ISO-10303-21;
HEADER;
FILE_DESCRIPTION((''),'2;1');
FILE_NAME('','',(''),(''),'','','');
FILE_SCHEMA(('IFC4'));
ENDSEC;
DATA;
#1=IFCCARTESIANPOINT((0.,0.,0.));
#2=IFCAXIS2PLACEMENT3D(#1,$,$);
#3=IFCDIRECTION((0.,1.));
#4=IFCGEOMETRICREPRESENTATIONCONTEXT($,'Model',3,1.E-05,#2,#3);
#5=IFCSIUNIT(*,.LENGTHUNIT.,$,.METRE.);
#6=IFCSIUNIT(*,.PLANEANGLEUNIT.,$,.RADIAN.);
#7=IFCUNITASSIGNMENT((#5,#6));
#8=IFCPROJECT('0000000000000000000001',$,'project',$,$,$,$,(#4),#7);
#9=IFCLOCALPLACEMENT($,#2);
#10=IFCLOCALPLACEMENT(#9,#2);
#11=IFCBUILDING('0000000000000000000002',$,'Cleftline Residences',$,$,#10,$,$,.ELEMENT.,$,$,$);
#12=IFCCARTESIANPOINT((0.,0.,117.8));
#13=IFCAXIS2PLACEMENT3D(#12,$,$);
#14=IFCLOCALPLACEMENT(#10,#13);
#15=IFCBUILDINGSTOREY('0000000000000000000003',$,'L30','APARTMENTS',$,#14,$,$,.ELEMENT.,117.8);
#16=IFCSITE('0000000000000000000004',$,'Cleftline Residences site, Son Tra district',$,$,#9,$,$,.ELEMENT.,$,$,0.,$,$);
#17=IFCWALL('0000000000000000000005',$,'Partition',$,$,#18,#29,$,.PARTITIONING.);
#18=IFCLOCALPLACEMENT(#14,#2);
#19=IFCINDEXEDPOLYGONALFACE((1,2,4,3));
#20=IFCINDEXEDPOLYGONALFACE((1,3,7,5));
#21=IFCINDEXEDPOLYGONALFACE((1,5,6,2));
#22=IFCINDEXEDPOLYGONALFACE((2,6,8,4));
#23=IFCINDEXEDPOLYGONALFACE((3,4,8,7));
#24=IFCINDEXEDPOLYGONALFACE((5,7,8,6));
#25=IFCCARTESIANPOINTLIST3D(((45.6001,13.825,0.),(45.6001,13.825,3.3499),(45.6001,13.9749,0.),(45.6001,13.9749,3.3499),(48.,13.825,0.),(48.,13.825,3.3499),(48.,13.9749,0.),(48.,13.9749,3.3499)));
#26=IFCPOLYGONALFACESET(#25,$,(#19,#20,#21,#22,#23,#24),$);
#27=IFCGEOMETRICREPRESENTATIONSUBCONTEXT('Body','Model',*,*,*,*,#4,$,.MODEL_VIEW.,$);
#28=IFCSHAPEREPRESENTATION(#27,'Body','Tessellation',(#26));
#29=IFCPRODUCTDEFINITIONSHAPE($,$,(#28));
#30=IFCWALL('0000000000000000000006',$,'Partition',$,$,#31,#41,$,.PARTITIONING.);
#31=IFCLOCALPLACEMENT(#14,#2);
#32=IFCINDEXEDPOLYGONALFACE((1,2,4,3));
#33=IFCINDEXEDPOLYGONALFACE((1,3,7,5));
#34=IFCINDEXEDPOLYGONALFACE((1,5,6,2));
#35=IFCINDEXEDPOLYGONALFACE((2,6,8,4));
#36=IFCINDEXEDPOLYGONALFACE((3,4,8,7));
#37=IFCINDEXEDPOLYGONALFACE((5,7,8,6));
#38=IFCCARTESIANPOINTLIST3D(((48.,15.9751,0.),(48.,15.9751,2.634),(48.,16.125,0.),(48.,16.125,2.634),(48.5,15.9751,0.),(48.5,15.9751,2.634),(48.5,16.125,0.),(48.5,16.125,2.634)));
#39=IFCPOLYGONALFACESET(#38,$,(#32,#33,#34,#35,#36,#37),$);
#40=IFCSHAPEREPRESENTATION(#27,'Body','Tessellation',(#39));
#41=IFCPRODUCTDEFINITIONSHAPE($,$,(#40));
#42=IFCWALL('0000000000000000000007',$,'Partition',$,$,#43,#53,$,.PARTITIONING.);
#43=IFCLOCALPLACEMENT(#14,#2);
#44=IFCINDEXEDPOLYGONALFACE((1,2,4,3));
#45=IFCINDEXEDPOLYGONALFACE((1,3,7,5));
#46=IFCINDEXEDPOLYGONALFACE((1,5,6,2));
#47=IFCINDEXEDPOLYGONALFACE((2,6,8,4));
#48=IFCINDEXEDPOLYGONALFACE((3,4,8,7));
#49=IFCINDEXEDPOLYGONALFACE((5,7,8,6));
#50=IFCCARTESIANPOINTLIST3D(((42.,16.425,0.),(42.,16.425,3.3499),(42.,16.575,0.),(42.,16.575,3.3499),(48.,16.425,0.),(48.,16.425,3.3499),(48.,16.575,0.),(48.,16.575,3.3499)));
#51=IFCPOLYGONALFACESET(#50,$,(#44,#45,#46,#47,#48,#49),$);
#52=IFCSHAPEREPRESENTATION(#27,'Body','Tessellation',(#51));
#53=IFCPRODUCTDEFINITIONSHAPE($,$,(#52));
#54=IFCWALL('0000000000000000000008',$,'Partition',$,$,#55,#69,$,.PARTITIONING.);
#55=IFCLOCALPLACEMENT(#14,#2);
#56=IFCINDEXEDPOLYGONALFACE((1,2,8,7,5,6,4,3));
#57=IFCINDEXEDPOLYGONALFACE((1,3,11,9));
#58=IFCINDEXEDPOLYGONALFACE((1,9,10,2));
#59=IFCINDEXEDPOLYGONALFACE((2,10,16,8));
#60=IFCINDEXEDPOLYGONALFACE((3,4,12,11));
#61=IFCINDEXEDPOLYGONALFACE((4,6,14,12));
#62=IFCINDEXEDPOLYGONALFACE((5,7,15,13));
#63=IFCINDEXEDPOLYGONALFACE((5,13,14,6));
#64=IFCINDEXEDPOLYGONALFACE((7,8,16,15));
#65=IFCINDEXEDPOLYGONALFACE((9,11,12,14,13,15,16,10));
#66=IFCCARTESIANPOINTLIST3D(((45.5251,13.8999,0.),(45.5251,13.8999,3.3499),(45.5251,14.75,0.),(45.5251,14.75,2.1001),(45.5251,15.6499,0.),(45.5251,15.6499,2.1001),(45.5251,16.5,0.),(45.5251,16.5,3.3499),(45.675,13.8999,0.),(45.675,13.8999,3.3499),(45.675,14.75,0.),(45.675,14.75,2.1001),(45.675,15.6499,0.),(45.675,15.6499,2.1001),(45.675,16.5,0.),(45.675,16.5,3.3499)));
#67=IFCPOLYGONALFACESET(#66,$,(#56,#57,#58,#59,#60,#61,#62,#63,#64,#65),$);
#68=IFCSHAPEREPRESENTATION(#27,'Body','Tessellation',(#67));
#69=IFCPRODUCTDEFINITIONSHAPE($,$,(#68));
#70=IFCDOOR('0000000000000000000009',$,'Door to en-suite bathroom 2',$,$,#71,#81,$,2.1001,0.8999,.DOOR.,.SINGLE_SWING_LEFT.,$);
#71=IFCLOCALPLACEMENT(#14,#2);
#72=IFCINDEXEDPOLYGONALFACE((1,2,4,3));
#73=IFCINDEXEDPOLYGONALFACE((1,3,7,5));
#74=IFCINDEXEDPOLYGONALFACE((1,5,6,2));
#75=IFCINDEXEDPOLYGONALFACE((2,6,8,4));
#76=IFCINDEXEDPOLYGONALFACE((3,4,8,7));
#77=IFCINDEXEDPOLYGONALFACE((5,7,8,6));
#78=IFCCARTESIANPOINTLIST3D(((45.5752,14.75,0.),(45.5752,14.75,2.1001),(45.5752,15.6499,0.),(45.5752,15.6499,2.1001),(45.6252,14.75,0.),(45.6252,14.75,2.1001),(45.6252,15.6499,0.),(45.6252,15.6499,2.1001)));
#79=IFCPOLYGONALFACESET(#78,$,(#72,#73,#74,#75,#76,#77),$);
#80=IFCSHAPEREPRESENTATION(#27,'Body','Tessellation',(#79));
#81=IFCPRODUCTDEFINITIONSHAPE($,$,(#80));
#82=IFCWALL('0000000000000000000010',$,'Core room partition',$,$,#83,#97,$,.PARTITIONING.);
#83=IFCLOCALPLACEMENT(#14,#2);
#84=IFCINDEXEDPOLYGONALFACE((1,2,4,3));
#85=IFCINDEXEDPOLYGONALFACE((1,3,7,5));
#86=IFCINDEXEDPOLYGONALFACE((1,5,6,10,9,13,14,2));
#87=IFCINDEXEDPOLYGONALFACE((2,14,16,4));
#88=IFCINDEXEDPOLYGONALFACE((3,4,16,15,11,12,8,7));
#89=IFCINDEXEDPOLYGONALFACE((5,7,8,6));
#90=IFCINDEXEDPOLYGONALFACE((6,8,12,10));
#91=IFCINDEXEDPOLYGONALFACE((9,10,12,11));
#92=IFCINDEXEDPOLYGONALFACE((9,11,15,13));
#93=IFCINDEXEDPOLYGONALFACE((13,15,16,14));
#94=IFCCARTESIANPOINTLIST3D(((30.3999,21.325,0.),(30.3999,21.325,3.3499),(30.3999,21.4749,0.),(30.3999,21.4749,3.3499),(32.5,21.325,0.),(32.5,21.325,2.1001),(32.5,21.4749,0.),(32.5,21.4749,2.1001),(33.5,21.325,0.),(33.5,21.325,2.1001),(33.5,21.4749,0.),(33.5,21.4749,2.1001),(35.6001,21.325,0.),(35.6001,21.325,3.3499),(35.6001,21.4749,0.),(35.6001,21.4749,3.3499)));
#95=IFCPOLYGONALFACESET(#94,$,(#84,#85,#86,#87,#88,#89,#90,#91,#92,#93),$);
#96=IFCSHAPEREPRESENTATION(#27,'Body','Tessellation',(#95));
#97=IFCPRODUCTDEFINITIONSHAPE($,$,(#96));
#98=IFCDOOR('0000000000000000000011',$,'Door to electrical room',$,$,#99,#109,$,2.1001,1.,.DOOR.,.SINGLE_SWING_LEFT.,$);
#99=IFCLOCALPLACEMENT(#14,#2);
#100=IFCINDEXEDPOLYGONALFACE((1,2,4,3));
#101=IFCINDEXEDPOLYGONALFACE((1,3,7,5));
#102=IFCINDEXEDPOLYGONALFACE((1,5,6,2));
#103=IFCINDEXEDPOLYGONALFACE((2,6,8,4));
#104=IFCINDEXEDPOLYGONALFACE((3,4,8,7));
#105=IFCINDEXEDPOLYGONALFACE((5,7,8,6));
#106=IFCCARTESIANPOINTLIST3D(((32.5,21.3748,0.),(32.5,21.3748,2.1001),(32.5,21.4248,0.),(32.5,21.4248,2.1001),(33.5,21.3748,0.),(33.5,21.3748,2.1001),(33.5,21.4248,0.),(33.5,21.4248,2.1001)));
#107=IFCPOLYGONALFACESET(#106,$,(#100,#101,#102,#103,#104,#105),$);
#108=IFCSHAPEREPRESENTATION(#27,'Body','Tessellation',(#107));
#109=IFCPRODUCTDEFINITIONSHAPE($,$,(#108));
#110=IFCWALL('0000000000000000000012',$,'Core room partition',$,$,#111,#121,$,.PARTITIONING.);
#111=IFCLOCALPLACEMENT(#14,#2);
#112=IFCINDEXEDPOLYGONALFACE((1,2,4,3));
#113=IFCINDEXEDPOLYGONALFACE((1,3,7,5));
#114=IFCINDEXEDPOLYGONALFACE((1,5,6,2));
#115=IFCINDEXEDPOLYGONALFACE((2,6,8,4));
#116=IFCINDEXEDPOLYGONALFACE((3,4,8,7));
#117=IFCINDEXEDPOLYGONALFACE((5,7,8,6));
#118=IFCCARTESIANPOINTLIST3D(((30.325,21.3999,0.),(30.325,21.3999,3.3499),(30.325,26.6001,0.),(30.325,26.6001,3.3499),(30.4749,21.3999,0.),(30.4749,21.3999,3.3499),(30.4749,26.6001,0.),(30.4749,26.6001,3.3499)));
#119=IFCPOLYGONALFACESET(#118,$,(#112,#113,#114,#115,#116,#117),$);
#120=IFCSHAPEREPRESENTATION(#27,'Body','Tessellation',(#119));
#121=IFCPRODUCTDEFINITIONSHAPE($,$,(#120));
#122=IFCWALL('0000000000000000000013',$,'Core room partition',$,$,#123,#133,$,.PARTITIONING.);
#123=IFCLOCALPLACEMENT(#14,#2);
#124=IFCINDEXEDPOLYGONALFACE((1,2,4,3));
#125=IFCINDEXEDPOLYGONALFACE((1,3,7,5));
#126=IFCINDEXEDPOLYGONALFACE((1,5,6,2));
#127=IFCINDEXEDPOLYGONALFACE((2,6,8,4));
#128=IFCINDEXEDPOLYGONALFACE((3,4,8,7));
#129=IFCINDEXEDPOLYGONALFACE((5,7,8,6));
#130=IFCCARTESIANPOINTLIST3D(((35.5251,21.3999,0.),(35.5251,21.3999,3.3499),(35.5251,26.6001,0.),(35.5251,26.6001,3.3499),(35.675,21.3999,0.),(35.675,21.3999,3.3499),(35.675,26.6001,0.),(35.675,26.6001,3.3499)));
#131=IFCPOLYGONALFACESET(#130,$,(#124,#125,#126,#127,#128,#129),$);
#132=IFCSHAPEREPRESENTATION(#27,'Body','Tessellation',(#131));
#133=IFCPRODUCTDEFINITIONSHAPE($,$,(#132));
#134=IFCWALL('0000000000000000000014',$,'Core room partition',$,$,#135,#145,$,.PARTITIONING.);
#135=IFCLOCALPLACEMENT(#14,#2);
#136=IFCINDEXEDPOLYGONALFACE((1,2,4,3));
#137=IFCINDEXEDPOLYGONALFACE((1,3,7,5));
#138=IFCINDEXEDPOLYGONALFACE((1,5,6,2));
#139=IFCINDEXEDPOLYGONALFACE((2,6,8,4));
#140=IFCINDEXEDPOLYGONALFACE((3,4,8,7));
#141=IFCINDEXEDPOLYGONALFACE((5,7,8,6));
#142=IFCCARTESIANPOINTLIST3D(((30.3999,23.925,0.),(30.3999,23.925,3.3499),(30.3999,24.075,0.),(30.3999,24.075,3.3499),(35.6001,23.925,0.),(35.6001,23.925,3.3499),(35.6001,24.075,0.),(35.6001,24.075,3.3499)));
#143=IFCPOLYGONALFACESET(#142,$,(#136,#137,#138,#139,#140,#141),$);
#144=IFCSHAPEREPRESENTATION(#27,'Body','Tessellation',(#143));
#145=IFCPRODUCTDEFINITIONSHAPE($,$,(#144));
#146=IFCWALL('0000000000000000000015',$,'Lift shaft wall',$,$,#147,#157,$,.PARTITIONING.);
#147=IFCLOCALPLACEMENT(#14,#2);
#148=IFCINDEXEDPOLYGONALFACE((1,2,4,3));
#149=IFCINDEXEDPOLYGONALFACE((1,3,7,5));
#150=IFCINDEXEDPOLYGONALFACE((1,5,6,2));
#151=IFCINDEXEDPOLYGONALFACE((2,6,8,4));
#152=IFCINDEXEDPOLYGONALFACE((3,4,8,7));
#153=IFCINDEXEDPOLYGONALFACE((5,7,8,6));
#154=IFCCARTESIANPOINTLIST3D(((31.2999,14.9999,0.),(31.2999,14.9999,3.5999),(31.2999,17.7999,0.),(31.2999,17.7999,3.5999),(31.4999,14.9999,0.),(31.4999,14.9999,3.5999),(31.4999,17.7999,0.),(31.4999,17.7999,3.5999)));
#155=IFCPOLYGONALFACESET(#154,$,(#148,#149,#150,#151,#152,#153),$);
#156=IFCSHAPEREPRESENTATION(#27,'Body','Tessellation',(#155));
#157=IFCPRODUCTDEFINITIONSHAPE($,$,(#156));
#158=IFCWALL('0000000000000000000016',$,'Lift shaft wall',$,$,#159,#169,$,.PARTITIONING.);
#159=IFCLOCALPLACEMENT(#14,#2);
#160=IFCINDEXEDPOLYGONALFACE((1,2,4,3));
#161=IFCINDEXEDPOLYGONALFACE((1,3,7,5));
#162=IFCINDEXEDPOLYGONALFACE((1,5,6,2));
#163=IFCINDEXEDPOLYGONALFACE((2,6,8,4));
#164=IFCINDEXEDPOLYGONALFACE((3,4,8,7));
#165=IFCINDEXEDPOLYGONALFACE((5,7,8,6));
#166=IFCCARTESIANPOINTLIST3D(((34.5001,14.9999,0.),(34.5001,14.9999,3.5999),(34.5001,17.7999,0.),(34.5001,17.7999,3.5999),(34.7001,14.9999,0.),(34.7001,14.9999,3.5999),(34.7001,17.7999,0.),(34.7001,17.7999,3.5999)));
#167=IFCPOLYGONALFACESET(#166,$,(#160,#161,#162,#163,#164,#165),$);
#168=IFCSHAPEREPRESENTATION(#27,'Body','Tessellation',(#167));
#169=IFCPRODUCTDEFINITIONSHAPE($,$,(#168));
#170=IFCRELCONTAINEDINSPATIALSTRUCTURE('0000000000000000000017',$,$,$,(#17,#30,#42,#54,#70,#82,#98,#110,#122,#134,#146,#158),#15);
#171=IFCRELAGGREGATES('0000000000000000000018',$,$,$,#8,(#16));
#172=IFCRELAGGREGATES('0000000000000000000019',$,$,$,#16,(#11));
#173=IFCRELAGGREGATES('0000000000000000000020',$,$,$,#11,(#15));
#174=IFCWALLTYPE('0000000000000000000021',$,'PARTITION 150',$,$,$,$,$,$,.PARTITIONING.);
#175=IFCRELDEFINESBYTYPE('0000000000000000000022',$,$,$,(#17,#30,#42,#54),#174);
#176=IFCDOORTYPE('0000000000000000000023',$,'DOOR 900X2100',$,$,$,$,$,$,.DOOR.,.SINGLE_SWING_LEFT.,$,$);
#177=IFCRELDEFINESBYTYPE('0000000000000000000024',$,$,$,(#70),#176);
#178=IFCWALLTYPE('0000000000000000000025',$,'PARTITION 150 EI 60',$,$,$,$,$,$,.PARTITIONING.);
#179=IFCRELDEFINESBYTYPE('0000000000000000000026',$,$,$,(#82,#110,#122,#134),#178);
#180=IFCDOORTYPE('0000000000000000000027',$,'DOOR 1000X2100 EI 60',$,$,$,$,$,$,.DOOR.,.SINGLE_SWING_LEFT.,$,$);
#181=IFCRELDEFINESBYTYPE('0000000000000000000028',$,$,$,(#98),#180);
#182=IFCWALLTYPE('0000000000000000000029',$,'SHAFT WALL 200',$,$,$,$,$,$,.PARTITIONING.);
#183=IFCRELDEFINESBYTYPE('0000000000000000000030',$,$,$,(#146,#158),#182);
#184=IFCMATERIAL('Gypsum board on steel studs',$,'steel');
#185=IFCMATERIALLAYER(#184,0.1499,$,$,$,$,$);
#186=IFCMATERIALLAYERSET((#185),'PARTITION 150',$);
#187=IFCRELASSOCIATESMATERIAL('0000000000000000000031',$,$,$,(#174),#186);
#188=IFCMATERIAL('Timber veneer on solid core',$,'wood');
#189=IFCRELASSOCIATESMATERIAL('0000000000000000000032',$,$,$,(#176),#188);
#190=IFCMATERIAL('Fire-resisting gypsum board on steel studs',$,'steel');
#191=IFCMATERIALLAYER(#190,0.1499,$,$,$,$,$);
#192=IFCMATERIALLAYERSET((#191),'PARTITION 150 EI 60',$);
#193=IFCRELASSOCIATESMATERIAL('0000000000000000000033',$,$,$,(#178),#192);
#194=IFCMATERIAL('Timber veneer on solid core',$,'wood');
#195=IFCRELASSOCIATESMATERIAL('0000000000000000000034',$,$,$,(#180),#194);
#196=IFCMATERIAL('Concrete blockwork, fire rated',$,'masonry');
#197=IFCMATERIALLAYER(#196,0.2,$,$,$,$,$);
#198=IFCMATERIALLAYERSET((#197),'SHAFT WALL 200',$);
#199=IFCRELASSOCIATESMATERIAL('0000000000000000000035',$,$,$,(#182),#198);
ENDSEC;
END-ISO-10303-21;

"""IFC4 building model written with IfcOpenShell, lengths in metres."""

from ifc_helpers import new_model, si_unit, direction, frame, frame_2d, origin, place, context, subcontext, project, spatial, rectangle, extrude, material, layer, layer_set, type_object, element, fill, save


model = new_model("IFC4")

# Units and contexts
model_context = context("Model", 3, precision=1e-05, world=origin(), true_north=direction((0.0, 1.0)))
body_context = subcontext(model_context, "Body", "Model", "MODEL_VIEW")
ifc_project = project(units=[si_unit("LENGTHUNIT", "METRE"), si_unit("PLANEANGLEUNIT", "RADIAN")], contexts=[model_context])

# Site, building, storey
site_placement = place(None, origin())
site = spatial("IfcSite", under=ifc_project, at=site_placement, Name="Cleftline Residences site, Son Tra district", CompositionType="ELEMENT", RefElevation=0.0)
building_placement = place(site_placement, origin())
building = spatial("IfcBuilding", under=site, at=building_placement, Name="Cleftline Residences", CompositionType="ELEMENT")
storey_placement = place(building_placement, frame((0.0, 0.0, 117.8)))
storey = spatial("IfcBuildingStorey", under=building, at=storey_placement, Name="L30", Description="APARTMENTS", CompositionType="ELEMENT", Elevation=117.8)

# Walls
ifc_material_1 = material(Name="Gypsum board on steel studs", Category="steel")
ifc_layer_1 = layer(ifc_material_1, 0.1499)
ifc_layer_set_1 = layer_set([ifc_layer_1], Name="PARTITION 150")
wall_type_1 = type_object("IfcWallType", Name="PARTITION 150", PredefinedType="PARTITIONING", material=ifc_layer_set_1)
wall_1_placement = place(storey_placement, frame((45.6001, 13.8999, 0.0), z_axis=(0.0, 0.0, 1.0), x_axis=(1.0, 0.0, 0.0)))
element("IfcWall", 1, at=wall_1_placement, inside=storey, type_object=wall_type_1, Name="Partition", PredefinedType="PARTITIONING", context=body_context, shape_type="SweptSolid", body=[
    extrude(rectangle(XDim=2.3999, YDim=0.1499, at=frame_2d((1.2, 0.0))), origin(), (0.0, 0.0, 1.0), 3.3499),
])
wall_2_placement = place(storey_placement, frame((48.0, 16.05, 0.0), z_axis=(0.0, 0.0, 1.0), x_axis=(1.0, 0.0, 0.0)))
element("IfcWall", 2, at=wall_2_placement, inside=storey, type_object=wall_type_1, Name="Partition", PredefinedType="PARTITIONING", context=body_context, shape_type="SweptSolid", body=[
    extrude(rectangle(XDim=0.5, YDim=0.1499, at=frame_2d((0.25, 0.0))), origin(), (0.0, 0.0, 1.0), 2.634),
])
wall_3_placement = place(storey_placement, frame((42.0, 16.5, 0.0), z_axis=(0.0, 0.0, 1.0), x_axis=(1.0, 0.0, 0.0)))
element("IfcWall", 3, at=wall_3_placement, inside=storey, type_object=wall_type_1, Name="Partition", PredefinedType="PARTITIONING", context=body_context, shape_type="SweptSolid", body=[
    extrude(rectangle(XDim=6.0, YDim=0.1499, at=frame_2d((3.0, 0.0))), origin(), (0.0, 0.0, 1.0), 3.3499),
])

# Walls, openings, doors
wall_4_placement = place(storey_placement, frame((45.6001, 13.8999, 0.0), z_axis=(0.0, 0.0, 1.0), x_axis=(0.0, 1.0, 0.0)))
wall_4 = element("IfcWall", 4, at=wall_4_placement, inside=storey, type_object=wall_type_1, Name="Partition", PredefinedType="PARTITIONING", context=body_context, shape_type="SweptSolid", body=[
    extrude(rectangle(XDim=2.6001, YDim=0.1499, at=frame_2d((1.3, 0.0))), origin(), (0.0, 0.0, 1.0), 3.3499),
])
opening_1_placement = place(wall_4_placement, frame((0.8501, 0.0, 0.0)))
opening_1 = element("IfcOpeningElement", 5, at=opening_1_placement, cuts=wall_4, PredefinedType="OPENING", context=body_context, shape_type="SweptSolid", body=[
    extrude(rectangle(XDim=0.8999, YDim=2.1001, at=frame_2d((0.45, 1.05))), frame((0.0, 0.085, 0.0), z_axis=(0.0, -1.0, 0.0), x_axis=(1.0, 0.0, 0.0)), (0.0, 0.0, 1.0), 0.1699),
])
ifc_material_2 = material(Name="Timber veneer on solid core", Category="wood")
door_type_1 = type_object("IfcDoorType", Name="DOOR 900X2100", OperationType="SINGLE_SWING_LEFT", PredefinedType="DOOR", material=ifc_material_2)
door_1_placement = place(opening_1_placement, origin())
door_1 = element("IfcDoor", 6, at=door_1_placement, inside=storey, type_object=door_type_1, Name="Door to en-suite bathroom 2", OperationType="SINGLE_SWING_LEFT", OverallHeight=2.1001, OverallWidth=0.8999, PredefinedType="DOOR", context=body_context, shape_type="SweptSolid", body=[
    extrude(rectangle(XDim=0.8999, YDim=2.1001, at=frame_2d((0.45, 1.05))), frame((0.0, 0.0249, 0.0), z_axis=(0.0, -1.0, 0.0), x_axis=(1.0, 0.0, 0.0)), (0.0, 0.0, 1.0), 0.05),
])
fill(opening_1, door_1)
ifc_material_3 = material(Name="Fire-resisting gypsum board on steel studs", Category="steel")
ifc_layer_2 = layer(ifc_material_3, 0.1499)
ifc_layer_set_2 = layer_set([ifc_layer_2], Name="PARTITION 150 EI 60")
wall_type_2 = type_object("IfcWallType", Name="PARTITION 150 EI 60", PredefinedType="PARTITIONING", material=ifc_layer_set_2)
wall_5_placement = place(storey_placement, frame((30.3999, 21.3999, 0.0), z_axis=(0.0, 0.0, 1.0), x_axis=(1.0, 0.0, 0.0)))
wall_5 = element("IfcWall", 7, at=wall_5_placement, inside=storey, type_object=wall_type_2, Name="Core room partition", PredefinedType="PARTITIONING", context=body_context, shape_type="SweptSolid", body=[
    extrude(rectangle(XDim=5.2002, YDim=0.1499, at=frame_2d((2.6001, 0.0))), origin(), (0.0, 0.0, 1.0), 3.3499),
])
opening_2_placement = place(wall_5_placement, frame((2.1001, 0.0, 0.0)))
opening_2 = element("IfcOpeningElement", 8, at=opening_2_placement, cuts=wall_5, PredefinedType="OPENING", context=body_context, shape_type="SweptSolid", body=[
    extrude(rectangle(XDim=1.0, YDim=2.1001, at=frame_2d((0.5, 1.05))), frame((0.0, 0.085, 0.0), z_axis=(0.0, -1.0, 0.0), x_axis=(1.0, 0.0, 0.0)), (0.0, 0.0, 1.0), 0.1699),
])
ifc_material_4 = material(Name="Timber veneer on solid core", Category="wood")
door_type_2 = type_object("IfcDoorType", Name="DOOR 1000X2100 EI 60", OperationType="SINGLE_SWING_LEFT", PredefinedType="DOOR", material=ifc_material_4)
door_2_placement = place(opening_2_placement, origin())
door_2 = element("IfcDoor", 9, at=door_2_placement, inside=storey, type_object=door_type_2, Name="Door to electrical room", OperationType="SINGLE_SWING_LEFT", OverallHeight=2.1001, OverallWidth=1.0, PredefinedType="DOOR", context=body_context, shape_type="SweptSolid", body=[
    extrude(rectangle(XDim=1.0, YDim=2.1001, at=frame_2d((0.5, 1.05))), frame((0.0, 0.0249, 0.0), z_axis=(0.0, -1.0, 0.0), x_axis=(1.0, 0.0, 0.0)), (0.0, 0.0, 1.0), 0.05),
])
fill(opening_2, door_2)

# Walls
for number, where, z_axis, x_axis, name in (
    (10, (30.3999, 21.3999, 0.0), (0.0, 0.0, 1.0), (0.0, 1.0, 0.0), "Core room partition"),
    (11, (35.6001, 21.3999, 0.0), (0.0, 0.0, 1.0), (0.0, 1.0, 0.0), "Core room partition"),
    (12, (30.3999, 24.0, 0.0), (0.0, 0.0, 1.0), (1.0, 0.0, 0.0), "Core room partition"),
):
    element("IfcWall", number, at=place(storey_placement, frame(where, z_axis=z_axis, x_axis=x_axis)), inside=storey, type_object=wall_type_2, Name=name, PredefinedType="PARTITIONING", context=body_context, shape_type="SweptSolid", body=[
        extrude(rectangle(XDim=5.2002, YDim=0.1499, at=frame_2d((2.6001, 0.0))), origin(), (0.0, 0.0, 1.0), 3.3499),
    ])
ifc_material_5 = material(Name="Concrete blockwork, fire rated", Category="masonry")
ifc_layer_3 = layer(ifc_material_5, 0.2)
ifc_layer_set_3 = layer_set([ifc_layer_3], Name="SHAFT WALL 200")
wall_type_3 = type_object("IfcWallType", Name="SHAFT WALL 200", PredefinedType="PARTITIONING", material=ifc_layer_set_3)
for number, where, z_axis, x_axis, name in (
    (13, (31.3999, 15.0, 0.0), (0.0, 0.0, 1.0), (0.0, 1.0, 0.0), "Lift shaft wall"),
    (14, (34.6001, 15.0, 0.0), (0.0, 0.0, 1.0), (0.0, 1.0, 0.0), "Lift shaft wall"),
):
    element("IfcWall", number, at=place(storey_placement, frame(where, z_axis=z_axis, x_axis=x_axis)), inside=storey, type_object=wall_type_3, Name=name, PredefinedType="PARTITIONING", context=body_context, shape_type="SweptSolid", body=[
        extrude(rectangle(XDim=2.8, YDim=0.2, at=frame_2d((1.3999, 0.0))), origin(), (0.0, 0.0, 1.0), 3.5999),
    ])

save(model, "model.ifc")
